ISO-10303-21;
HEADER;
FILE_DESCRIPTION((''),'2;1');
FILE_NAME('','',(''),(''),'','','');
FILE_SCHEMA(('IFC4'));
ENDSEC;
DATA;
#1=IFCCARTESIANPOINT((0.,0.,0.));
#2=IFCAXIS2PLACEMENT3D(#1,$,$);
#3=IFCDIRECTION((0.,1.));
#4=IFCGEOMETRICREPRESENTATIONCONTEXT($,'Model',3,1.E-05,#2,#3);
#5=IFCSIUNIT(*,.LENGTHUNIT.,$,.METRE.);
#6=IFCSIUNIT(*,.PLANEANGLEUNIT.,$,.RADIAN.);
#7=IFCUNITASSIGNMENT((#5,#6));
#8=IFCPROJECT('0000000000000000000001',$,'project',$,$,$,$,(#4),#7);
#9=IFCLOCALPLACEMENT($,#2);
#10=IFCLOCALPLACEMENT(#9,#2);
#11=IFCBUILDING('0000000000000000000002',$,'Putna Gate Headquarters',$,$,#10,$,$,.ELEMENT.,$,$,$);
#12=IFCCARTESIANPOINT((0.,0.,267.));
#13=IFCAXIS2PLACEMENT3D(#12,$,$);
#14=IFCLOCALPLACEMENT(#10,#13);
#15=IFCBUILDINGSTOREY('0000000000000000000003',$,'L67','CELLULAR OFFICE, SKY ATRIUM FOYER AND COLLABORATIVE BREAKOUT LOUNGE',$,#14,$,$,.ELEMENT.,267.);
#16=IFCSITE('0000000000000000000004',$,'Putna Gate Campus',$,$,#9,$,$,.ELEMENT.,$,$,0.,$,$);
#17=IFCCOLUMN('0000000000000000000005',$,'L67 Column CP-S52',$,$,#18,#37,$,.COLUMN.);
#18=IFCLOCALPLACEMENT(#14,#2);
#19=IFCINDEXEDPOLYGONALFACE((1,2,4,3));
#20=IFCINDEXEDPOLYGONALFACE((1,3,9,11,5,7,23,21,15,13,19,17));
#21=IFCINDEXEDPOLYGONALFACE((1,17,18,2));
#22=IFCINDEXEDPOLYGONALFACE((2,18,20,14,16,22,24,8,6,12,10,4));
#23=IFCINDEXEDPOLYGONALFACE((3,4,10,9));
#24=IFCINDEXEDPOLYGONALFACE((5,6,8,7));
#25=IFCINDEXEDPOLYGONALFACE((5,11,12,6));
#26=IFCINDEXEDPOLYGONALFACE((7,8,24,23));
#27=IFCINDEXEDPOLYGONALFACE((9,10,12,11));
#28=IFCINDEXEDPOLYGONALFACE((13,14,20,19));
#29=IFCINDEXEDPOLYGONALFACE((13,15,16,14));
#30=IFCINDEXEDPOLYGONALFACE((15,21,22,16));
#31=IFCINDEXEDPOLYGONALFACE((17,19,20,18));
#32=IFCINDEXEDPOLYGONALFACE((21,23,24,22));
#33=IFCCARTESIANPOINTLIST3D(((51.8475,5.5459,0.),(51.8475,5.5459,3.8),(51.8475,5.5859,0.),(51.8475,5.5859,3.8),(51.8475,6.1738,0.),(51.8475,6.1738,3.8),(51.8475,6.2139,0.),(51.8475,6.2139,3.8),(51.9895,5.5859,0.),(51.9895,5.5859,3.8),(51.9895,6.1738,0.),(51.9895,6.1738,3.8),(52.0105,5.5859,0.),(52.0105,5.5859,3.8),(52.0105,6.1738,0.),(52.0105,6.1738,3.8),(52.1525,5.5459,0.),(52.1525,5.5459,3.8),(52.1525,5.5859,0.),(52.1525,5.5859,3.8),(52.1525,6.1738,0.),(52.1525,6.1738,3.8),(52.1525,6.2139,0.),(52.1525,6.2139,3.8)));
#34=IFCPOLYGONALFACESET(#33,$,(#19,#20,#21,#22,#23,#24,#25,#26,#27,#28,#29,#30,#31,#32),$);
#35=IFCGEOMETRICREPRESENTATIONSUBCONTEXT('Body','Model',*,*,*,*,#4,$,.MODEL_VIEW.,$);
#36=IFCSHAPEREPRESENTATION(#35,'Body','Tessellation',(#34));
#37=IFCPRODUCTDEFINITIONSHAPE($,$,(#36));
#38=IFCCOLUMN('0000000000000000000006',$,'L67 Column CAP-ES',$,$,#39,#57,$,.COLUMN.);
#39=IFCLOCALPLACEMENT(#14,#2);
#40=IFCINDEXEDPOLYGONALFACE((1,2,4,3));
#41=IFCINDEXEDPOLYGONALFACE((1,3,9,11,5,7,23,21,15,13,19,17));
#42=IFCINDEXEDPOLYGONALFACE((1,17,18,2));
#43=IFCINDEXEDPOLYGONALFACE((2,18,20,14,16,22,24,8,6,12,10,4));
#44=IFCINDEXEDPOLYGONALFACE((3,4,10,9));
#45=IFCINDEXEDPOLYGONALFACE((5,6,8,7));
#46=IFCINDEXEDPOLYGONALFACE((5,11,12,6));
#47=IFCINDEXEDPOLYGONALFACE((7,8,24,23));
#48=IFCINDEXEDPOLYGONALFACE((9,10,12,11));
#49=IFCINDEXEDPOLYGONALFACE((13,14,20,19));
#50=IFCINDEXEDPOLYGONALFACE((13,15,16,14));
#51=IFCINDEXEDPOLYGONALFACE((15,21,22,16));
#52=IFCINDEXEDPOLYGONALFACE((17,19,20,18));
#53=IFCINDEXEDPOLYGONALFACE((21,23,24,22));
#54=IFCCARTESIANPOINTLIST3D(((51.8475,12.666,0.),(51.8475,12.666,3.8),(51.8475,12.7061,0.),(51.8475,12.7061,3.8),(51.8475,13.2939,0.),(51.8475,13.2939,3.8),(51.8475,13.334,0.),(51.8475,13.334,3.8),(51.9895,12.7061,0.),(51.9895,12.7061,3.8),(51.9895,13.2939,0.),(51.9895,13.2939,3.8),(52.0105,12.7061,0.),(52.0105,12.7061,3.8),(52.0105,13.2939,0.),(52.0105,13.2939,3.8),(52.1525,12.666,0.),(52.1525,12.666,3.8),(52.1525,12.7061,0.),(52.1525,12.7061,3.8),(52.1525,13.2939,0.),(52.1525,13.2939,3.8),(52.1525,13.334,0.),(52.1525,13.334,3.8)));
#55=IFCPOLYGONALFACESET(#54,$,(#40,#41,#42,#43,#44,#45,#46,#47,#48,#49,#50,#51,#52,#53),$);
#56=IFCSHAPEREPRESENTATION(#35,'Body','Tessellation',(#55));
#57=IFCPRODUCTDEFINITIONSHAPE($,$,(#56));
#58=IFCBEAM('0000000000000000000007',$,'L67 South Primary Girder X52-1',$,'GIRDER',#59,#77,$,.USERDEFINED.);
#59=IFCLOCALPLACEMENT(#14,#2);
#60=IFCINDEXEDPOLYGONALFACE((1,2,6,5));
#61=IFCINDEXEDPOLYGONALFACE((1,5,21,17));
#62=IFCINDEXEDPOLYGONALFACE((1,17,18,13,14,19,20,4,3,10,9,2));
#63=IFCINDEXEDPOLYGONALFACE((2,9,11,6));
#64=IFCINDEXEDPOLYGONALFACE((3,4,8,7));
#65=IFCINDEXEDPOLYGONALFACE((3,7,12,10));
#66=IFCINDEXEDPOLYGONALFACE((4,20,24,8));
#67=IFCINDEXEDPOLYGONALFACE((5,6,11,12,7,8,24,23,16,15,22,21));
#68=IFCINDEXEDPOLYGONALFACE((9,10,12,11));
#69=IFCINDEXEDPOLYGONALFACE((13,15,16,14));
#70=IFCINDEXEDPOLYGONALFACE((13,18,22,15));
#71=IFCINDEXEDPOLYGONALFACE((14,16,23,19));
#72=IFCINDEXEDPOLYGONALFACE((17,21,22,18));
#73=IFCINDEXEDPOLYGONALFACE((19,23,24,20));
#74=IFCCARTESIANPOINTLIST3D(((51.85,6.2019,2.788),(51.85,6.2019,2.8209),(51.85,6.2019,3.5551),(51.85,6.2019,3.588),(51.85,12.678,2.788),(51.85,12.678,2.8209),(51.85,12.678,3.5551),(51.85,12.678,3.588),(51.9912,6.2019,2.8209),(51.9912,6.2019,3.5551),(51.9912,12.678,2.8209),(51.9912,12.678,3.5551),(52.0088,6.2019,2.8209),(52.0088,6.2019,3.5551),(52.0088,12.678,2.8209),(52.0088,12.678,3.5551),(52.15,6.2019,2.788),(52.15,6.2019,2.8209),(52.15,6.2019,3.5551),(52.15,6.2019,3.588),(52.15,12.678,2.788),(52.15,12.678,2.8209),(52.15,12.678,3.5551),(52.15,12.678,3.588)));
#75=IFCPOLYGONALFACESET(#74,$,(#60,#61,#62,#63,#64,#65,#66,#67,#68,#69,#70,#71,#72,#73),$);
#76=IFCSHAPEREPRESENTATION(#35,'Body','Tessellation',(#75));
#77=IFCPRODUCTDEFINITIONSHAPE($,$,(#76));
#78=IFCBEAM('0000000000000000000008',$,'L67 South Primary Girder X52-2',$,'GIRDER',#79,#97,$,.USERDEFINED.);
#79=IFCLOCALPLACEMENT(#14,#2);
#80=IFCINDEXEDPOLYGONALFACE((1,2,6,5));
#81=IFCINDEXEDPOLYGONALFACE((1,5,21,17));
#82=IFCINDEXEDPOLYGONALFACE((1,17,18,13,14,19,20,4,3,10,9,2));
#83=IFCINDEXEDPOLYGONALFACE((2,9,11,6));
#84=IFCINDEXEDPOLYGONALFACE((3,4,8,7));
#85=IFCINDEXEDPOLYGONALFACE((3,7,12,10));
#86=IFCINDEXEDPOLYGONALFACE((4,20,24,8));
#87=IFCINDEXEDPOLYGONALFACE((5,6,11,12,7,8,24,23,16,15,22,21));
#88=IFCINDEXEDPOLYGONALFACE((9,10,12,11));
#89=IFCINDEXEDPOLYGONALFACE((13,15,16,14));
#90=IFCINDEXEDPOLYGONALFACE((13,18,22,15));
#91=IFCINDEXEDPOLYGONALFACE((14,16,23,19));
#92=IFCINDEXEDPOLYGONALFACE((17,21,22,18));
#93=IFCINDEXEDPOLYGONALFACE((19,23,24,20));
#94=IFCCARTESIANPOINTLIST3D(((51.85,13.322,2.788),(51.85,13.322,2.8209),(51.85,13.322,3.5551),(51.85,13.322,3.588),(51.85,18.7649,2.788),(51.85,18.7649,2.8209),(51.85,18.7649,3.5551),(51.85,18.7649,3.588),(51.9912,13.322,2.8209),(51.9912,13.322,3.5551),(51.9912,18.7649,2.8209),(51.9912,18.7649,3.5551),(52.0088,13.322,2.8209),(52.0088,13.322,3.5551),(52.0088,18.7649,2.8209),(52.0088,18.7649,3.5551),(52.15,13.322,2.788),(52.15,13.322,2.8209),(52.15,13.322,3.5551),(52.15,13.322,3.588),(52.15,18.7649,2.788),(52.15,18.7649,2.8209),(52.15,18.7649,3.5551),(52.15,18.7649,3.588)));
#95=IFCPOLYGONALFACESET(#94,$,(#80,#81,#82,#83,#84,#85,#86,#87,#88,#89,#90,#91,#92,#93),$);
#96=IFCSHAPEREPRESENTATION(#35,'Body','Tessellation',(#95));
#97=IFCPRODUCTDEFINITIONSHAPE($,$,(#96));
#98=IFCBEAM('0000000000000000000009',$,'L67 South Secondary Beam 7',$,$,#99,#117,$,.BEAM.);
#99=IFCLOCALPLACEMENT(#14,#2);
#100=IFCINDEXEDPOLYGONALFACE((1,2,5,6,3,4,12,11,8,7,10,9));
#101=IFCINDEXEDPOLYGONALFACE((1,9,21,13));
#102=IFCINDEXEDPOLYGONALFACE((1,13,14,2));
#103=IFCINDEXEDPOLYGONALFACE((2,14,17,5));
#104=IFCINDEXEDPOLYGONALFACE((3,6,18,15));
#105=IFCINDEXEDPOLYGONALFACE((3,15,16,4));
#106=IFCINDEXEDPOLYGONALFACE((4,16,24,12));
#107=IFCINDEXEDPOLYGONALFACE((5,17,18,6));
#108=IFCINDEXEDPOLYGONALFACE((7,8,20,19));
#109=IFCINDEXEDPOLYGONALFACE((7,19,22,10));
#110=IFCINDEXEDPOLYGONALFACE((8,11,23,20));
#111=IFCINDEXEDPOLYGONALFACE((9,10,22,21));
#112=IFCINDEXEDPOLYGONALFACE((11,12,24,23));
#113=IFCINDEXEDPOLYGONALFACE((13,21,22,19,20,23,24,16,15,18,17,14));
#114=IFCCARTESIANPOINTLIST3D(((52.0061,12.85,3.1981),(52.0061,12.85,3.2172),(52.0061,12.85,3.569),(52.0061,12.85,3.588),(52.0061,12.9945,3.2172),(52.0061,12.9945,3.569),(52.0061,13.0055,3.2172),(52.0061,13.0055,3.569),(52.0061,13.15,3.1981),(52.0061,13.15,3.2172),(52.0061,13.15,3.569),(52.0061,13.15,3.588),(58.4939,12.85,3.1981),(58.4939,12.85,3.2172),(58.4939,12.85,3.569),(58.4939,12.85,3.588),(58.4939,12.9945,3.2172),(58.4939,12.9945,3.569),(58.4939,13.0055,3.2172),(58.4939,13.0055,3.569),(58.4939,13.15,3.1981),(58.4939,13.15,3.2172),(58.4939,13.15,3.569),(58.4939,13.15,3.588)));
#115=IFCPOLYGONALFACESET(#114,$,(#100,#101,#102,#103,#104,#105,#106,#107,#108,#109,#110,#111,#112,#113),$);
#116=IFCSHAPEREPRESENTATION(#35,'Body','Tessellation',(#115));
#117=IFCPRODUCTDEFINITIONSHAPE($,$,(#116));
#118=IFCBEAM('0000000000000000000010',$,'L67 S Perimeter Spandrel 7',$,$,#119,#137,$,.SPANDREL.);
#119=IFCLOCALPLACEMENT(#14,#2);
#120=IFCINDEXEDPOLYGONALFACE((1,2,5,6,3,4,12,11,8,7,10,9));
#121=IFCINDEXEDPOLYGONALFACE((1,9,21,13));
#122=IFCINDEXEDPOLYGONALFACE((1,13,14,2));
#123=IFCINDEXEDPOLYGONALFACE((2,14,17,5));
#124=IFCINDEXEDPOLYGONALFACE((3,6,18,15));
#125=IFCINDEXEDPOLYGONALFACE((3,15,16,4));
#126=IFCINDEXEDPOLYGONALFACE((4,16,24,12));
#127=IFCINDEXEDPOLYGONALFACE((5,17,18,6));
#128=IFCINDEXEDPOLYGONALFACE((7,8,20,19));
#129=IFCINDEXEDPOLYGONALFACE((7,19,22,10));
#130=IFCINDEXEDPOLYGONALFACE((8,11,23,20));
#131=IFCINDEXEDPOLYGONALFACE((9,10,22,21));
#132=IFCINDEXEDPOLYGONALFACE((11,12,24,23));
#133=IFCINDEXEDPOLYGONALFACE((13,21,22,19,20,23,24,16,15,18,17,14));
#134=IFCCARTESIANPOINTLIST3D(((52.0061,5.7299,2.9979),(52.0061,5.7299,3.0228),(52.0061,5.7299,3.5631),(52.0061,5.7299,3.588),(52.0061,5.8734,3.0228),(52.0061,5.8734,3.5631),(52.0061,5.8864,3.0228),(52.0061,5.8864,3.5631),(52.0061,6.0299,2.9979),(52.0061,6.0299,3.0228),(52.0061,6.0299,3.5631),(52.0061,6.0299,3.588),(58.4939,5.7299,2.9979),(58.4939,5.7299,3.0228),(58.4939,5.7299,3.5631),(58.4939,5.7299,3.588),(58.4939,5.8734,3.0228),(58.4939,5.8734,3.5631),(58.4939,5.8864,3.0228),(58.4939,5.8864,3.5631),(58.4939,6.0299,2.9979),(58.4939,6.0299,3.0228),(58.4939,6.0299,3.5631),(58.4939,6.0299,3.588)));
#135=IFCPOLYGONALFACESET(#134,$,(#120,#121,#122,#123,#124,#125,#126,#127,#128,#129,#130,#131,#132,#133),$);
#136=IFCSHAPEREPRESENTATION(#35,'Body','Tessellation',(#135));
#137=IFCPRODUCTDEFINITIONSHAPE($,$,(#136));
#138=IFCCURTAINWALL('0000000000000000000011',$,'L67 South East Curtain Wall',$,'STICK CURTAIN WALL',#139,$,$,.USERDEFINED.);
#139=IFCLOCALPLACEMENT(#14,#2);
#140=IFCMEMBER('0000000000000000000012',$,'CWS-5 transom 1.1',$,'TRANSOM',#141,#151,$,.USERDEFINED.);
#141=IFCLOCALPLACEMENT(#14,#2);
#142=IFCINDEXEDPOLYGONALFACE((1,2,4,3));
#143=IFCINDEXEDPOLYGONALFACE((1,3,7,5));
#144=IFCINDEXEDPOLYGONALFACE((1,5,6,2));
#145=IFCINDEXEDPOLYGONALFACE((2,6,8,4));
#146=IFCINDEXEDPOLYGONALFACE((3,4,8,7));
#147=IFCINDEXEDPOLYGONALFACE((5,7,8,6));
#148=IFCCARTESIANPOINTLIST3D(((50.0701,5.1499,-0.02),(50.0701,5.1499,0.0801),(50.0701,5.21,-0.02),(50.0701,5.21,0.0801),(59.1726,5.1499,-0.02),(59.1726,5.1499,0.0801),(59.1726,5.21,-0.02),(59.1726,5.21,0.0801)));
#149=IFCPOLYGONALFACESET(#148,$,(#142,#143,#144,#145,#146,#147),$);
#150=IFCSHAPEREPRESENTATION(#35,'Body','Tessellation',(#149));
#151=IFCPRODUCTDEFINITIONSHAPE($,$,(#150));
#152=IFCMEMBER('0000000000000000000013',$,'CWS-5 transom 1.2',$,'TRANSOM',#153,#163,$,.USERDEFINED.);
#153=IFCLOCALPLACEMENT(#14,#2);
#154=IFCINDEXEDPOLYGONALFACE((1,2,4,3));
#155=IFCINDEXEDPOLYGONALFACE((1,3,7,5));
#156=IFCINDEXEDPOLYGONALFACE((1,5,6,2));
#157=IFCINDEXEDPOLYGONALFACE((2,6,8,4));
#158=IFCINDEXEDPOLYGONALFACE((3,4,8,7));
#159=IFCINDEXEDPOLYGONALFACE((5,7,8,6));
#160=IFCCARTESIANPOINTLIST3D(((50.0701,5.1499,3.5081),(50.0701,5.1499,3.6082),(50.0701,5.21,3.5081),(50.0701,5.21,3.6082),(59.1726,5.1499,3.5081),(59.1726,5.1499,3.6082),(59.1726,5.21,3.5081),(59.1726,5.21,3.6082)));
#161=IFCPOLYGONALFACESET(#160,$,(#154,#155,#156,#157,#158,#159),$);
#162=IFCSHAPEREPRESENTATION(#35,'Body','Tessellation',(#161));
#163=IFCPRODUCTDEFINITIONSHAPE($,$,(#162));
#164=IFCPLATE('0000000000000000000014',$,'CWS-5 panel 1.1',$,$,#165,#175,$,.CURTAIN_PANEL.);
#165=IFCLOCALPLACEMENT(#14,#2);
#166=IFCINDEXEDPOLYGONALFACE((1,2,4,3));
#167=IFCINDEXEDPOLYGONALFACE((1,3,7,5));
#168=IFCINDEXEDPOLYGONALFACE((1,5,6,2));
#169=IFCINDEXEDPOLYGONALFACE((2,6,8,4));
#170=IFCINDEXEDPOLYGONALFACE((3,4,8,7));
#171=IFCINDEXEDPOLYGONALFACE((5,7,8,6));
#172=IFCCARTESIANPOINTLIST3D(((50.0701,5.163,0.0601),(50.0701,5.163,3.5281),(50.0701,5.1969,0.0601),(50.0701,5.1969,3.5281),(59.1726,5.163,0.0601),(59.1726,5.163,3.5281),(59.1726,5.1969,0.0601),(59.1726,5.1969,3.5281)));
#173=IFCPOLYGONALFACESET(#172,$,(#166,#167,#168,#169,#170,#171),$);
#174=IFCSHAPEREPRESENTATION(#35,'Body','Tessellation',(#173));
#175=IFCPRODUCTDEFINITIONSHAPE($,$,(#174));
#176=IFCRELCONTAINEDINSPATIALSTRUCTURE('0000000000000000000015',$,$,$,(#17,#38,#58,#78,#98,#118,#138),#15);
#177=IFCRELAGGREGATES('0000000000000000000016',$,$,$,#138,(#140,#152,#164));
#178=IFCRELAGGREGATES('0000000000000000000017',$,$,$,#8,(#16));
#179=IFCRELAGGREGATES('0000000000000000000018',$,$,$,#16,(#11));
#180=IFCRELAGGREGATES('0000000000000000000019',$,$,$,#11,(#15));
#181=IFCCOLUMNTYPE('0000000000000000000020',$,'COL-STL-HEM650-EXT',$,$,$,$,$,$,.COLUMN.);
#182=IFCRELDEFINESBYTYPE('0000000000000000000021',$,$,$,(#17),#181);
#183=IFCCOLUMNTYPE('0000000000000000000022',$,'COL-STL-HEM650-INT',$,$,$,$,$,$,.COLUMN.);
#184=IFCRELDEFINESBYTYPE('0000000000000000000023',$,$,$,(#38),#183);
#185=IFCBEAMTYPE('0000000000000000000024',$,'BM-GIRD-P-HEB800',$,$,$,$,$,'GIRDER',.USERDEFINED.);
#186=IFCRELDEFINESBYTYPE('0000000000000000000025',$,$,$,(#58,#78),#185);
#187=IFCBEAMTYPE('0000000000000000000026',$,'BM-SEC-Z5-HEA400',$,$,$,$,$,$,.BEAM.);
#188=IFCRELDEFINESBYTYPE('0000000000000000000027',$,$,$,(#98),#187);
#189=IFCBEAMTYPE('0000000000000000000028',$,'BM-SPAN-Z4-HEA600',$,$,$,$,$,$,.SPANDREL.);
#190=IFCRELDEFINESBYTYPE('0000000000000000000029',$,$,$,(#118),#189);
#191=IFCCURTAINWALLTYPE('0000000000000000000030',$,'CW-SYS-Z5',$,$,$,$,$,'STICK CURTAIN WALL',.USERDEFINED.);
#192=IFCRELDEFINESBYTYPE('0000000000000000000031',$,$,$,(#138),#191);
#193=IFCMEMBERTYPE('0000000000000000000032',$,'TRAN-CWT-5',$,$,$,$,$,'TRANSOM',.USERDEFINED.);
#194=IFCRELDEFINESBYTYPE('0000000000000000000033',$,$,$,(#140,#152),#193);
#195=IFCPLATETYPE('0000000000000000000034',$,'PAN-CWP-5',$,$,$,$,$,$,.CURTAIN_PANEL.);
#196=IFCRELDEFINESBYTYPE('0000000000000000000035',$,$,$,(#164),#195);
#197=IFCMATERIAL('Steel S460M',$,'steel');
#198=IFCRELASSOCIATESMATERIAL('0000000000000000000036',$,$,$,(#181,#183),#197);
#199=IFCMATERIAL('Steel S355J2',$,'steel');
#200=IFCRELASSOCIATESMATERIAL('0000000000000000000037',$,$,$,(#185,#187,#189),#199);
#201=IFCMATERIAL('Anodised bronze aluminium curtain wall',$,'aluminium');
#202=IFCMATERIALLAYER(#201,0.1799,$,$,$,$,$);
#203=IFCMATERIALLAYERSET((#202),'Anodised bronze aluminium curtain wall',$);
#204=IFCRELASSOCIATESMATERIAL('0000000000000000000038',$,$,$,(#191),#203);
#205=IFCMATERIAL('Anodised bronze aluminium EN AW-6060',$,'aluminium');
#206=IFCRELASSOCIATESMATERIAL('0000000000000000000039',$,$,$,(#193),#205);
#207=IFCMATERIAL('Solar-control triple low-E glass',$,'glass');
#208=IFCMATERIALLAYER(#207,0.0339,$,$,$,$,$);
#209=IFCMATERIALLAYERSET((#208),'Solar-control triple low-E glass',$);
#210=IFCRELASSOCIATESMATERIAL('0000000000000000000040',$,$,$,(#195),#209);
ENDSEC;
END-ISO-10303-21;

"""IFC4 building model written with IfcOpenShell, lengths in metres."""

from ifc_helpers import new_model, si_unit, direction, frame, origin, origin_2d, place, context, subcontext, project, spatial, rectangle, i_section, extrude, material, layer, layer_set, material_profile, profile_set, type_object, element, aggregate, save


model = new_model("IFC4")

# Units and contexts
model_context = context("Model", 3, precision=1e-05, world=origin(), true_north=direction((0.0, 1.0)))
body_context = subcontext(model_context, "Body", "Model", "MODEL_VIEW")
ifc_project = project(units=[si_unit("LENGTHUNIT", "METRE"), si_unit("PLANEANGLEUNIT", "RADIAN")], contexts=[model_context])

# Site, building, storey
site_placement = place(None, origin())
site = spatial("IfcSite", under=ifc_project, at=site_placement, Name="Putna Gate Campus", CompositionType="ELEMENT", RefElevation=0.0)
building_placement = place(site_placement, origin())
building = spatial("IfcBuilding", under=site, at=building_placement, Name="Putna Gate Headquarters", CompositionType="ELEMENT")
storey_placement = place(building_placement, frame((0.0, 0.0, 267.0)))
storey = spatial("IfcBuildingStorey", under=building, at=storey_placement, Name="L67", Description="CELLULAR OFFICE, SKY ATRIUM FOYER AND COLLABORATIVE BREAKOUT LOUNGE", CompositionType="ELEMENT", Elevation=267.0)

# Columns
ifc_material_1 = material(Name="Steel S460M", Category="steel")
ifc_material_profile_1 = material_profile(ifc_material_1, i_section(OverallWidth=0.3049, OverallDepth=0.668, WebThickness=0.021, FlangeThickness=0.04, at=origin_2d()), Name="Steel S460M")
ifc_profile_set_1 = profile_set([ifc_material_profile_1], Name="Steel S460M")
column_type_1 = type_object("IfcColumnType", Name="COL-STL-HEM650-EXT", PredefinedType="COLUMN", material=ifc_profile_set_1)
column_1_placement = place(storey_placement, frame((52.0, 5.8799, 0.0), z_axis=(0.0, 0.0, 1.0), x_axis=(1.0, 0.0, 0.0)))
element("IfcColumn", 1, at=column_1_placement, inside=storey, type_object=column_type_1, Name="L67 Column CP-S52", PredefinedType="COLUMN", context=body_context, shape_type="SweptSolid", body=[
    extrude(i_section(OverallWidth=0.3049, OverallDepth=0.668, WebThickness=0.021, FlangeThickness=0.04, at=origin_2d()), origin(), (0.0, 0.0, 1.0), 3.8),
])
ifc_material_profile_2 = material_profile(ifc_material_1, i_section(OverallWidth=0.3049, OverallDepth=0.668, WebThickness=0.021, FlangeThickness=0.04, at=origin_2d()), Name="Steel S460M")
ifc_profile_set_2 = profile_set([ifc_material_profile_2], Name="Steel S460M")
column_type_2 = type_object("IfcColumnType", Name="COL-STL-HEM650-INT", PredefinedType="COLUMN", material=ifc_profile_set_2)
column_2_placement = place(storey_placement, frame((52.0, 13.0, 0.0), z_axis=(0.0, 0.0, 1.0), x_axis=(1.0, 0.0, 0.0)))
element("IfcColumn", 2, at=column_2_placement, inside=storey, type_object=column_type_2, Name="L67 Column CAP-ES", PredefinedType="COLUMN", context=body_context, shape_type="SweptSolid", body=[
    extrude(i_section(OverallWidth=0.3049, OverallDepth=0.668, WebThickness=0.021, FlangeThickness=0.04, at=origin_2d()), origin(), (0.0, 0.0, 1.0), 3.8),
])

# Beams
ifc_material_2 = material(Name="Steel S355J2", Category="steel")
ifc_material_profile_3 = material_profile(ifc_material_2, i_section(OverallWidth=0.3, OverallDepth=0.8, WebThickness=0.0176, FlangeThickness=0.033, at=origin_2d()), Name="Steel S355J2")
ifc_profile_set_3 = profile_set([ifc_material_profile_3], Name="Steel S355J2")
beam_type_1 = type_object("IfcBeamType", Name="BM-GIRD-P-HEB800", ElementType="GIRDER", PredefinedType="USERDEFINED", material=ifc_profile_set_3)
beam_1_placement = place(storey_placement, frame((52.0, 6.2019, 3.188), z_axis=(0.0, 1.0, 0.0), x_axis=(-1.0, 0.0, 0.0)))
element("IfcBeam", 3, at=beam_1_placement, inside=storey, type_object=beam_type_1, Name="L67 South Primary Girder X52-1", ObjectType="GIRDER", PredefinedType="USERDEFINED", context=body_context, shape_type="SweptSolid", body=[
    extrude(i_section(OverallWidth=0.3, OverallDepth=0.8, WebThickness=0.0176, FlangeThickness=0.033, at=origin_2d()), origin(), (0.0, 0.0, 1.0), 6.4761),
])
beam_2_placement = place(storey_placement, frame((52.0, 13.322, 3.188), z_axis=(0.0, 1.0, 0.0), x_axis=(-1.0, 0.0, 0.0)))
element("IfcBeam", 4, at=beam_2_placement, inside=storey, type_object=beam_type_1, Name="L67 South Primary Girder X52-2", ObjectType="GIRDER", PredefinedType="USERDEFINED", context=body_context, shape_type="SweptSolid", body=[
    extrude(i_section(OverallWidth=0.3, OverallDepth=0.8, WebThickness=0.0176, FlangeThickness=0.033, at=origin_2d()), origin(), (0.0, 0.0, 1.0), 5.4429),
])
ifc_material_profile_4 = material_profile(ifc_material_2, i_section(OverallWidth=0.3, OverallDepth=0.3899, WebThickness=0.011, FlangeThickness=0.019, at=origin_2d()), Name="Steel S355J2")
ifc_profile_set_4 = profile_set([ifc_material_profile_4], Name="Steel S355J2")
beam_type_2 = type_object("IfcBeamType", Name="BM-SEC-Z5-HEA400", PredefinedType="BEAM", material=ifc_profile_set_4)
beam_3_placement = place(storey_placement, frame((52.0061, 13.0, 3.3931), z_axis=(1.0, 0.0, 0.0), x_axis=(0.0, 1.0, 0.0)))
element("IfcBeam", 5, at=beam_3_placement, inside=storey, type_object=beam_type_2, Name="L67 South Secondary Beam 7", PredefinedType="BEAM", context=body_context, shape_type="SweptSolid", body=[
    extrude(i_section(OverallWidth=0.3, OverallDepth=0.3899, WebThickness=0.011, FlangeThickness=0.019, at=origin_2d()), origin(), (0.0, 0.0, 1.0), 6.4878),
])
ifc_material_profile_5 = material_profile(ifc_material_2, i_section(OverallWidth=0.3, OverallDepth=0.5901, WebThickness=0.0129, FlangeThickness=0.0249, at=origin_2d()), Name="Steel S355J2")
ifc_profile_set_5 = profile_set([ifc_material_profile_5], Name="Steel S355J2")
beam_type_3 = type_object("IfcBeamType", Name="BM-SPAN-Z4-HEA600", PredefinedType="SPANDREL", material=ifc_profile_set_5)
beam_4_placement = place(storey_placement, frame((52.0061, 5.8799, 3.293), z_axis=(1.0, 0.0, 0.0), x_axis=(0.0, 1.0, 0.0)))
element("IfcBeam", 6, at=beam_4_placement, inside=storey, type_object=beam_type_3, Name="L67 S Perimeter Spandrel 7", PredefinedType="SPANDREL", context=body_context, shape_type="SweptSolid", body=[
    extrude(i_section(OverallWidth=0.3, OverallDepth=0.5901, WebThickness=0.0129, FlangeThickness=0.0249, at=origin_2d()), origin(), (0.0, 0.0, 1.0), 6.4878),
])

# Curtain wall, members, plate
ifc_material_3 = material(Name="Anodised bronze aluminium curtain wall", Category="aluminium")
ifc_layer_1 = layer(ifc_material_3, 0.1799)
ifc_layer_set_1 = layer_set([ifc_layer_1], Name="Anodised bronze aluminium curtain wall")
curtain_wall_type = type_object("IfcCurtainWallType", Name="CW-SYS-Z5", ElementType="STICK CURTAIN WALL", PredefinedType="USERDEFINED", material=ifc_layer_set_1)
curtain_wall_placement = place(storey_placement, origin())
curtain_wall = element("IfcCurtainWall", 7, at=curtain_wall_placement, inside=storey, type_object=curtain_wall_type, Name="L67 South East Curtain Wall", ObjectType="STICK CURTAIN WALL", PredefinedType="USERDEFINED")
ifc_material_4 = material(Name="Anodised bronze aluminium EN AW-6060", Category="aluminium")
ifc_material_profile_6 = material_profile(ifc_material_4, rectangle(XDim=0.0601, YDim=0.1001, at=origin_2d()), Name="Anodised bronze aluminium EN AW-6060")
ifc_profile_set_6 = profile_set([ifc_material_profile_6], Name="Anodised bronze aluminium EN AW-6060")
member_type = type_object("IfcMemberType", Name="TRAN-CWT-5", ElementType="TRANSOM", PredefinedType="USERDEFINED", material=ifc_profile_set_6)
member_1_placement = place(storey_placement, frame((50.0701, 5.1799, 0.03), z_axis=(1.0, 0.0, 0.0), x_axis=(0.0, 1.0, 0.0)))
member_1 = element("IfcMember", 8, at=member_1_placement, type_object=member_type, Name="CWS-5 transom 1.1", ObjectType="TRANSOM", PredefinedType="USERDEFINED", context=body_context, shape_type="SweptSolid", body=[
    extrude(rectangle(XDim=0.0601, YDim=0.1001, at=origin_2d()), origin(), (0.0, 0.0, 1.0), 9.1025),
])
member_2_placement = place(storey_placement, frame((50.0701, 5.1799, 3.5581), z_axis=(1.0, 0.0, 0.0), x_axis=(0.0, 1.0, 0.0)))
member_2 = element("IfcMember", 9, at=member_2_placement, type_object=member_type, Name="CWS-5 transom 1.2", ObjectType="TRANSOM", PredefinedType="USERDEFINED", context=body_context, shape_type="SweptSolid", body=[
    extrude(rectangle(XDim=0.0601, YDim=0.1001, at=origin_2d()), origin(), (0.0, 0.0, 1.0), 9.1025),
])
ifc_material_5 = material(Name="Solar-control triple low-E glass", Category="glass")
ifc_layer_2 = layer(ifc_material_5, 0.0339)
ifc_layer_set_2 = layer_set([ifc_layer_2], Name="Solar-control triple low-E glass")
plate_type = type_object("IfcPlateType", Name="PAN-CWP-5", PredefinedType="CURTAIN_PANEL", material=ifc_layer_set_2)
plate_placement = place(storey_placement, frame((54.6213, 5.1799, 0.0601), z_axis=(0.0, 0.0, 1.0), x_axis=(1.0, 0.0, 0.0)))
plate = element("IfcPlate", 10, at=plate_placement, type_object=plate_type, Name="CWS-5 panel 1.1", PredefinedType="CURTAIN_PANEL", context=body_context, shape_type="SweptSolid", body=[
    extrude(rectangle(XDim=9.1025, YDim=0.0339, at=origin_2d()), origin(), (0.0, 0.0, 1.0), 3.468),
])
aggregate(curtain_wall, [member_1, member_2, plate])

save(model, "model.ifc")
